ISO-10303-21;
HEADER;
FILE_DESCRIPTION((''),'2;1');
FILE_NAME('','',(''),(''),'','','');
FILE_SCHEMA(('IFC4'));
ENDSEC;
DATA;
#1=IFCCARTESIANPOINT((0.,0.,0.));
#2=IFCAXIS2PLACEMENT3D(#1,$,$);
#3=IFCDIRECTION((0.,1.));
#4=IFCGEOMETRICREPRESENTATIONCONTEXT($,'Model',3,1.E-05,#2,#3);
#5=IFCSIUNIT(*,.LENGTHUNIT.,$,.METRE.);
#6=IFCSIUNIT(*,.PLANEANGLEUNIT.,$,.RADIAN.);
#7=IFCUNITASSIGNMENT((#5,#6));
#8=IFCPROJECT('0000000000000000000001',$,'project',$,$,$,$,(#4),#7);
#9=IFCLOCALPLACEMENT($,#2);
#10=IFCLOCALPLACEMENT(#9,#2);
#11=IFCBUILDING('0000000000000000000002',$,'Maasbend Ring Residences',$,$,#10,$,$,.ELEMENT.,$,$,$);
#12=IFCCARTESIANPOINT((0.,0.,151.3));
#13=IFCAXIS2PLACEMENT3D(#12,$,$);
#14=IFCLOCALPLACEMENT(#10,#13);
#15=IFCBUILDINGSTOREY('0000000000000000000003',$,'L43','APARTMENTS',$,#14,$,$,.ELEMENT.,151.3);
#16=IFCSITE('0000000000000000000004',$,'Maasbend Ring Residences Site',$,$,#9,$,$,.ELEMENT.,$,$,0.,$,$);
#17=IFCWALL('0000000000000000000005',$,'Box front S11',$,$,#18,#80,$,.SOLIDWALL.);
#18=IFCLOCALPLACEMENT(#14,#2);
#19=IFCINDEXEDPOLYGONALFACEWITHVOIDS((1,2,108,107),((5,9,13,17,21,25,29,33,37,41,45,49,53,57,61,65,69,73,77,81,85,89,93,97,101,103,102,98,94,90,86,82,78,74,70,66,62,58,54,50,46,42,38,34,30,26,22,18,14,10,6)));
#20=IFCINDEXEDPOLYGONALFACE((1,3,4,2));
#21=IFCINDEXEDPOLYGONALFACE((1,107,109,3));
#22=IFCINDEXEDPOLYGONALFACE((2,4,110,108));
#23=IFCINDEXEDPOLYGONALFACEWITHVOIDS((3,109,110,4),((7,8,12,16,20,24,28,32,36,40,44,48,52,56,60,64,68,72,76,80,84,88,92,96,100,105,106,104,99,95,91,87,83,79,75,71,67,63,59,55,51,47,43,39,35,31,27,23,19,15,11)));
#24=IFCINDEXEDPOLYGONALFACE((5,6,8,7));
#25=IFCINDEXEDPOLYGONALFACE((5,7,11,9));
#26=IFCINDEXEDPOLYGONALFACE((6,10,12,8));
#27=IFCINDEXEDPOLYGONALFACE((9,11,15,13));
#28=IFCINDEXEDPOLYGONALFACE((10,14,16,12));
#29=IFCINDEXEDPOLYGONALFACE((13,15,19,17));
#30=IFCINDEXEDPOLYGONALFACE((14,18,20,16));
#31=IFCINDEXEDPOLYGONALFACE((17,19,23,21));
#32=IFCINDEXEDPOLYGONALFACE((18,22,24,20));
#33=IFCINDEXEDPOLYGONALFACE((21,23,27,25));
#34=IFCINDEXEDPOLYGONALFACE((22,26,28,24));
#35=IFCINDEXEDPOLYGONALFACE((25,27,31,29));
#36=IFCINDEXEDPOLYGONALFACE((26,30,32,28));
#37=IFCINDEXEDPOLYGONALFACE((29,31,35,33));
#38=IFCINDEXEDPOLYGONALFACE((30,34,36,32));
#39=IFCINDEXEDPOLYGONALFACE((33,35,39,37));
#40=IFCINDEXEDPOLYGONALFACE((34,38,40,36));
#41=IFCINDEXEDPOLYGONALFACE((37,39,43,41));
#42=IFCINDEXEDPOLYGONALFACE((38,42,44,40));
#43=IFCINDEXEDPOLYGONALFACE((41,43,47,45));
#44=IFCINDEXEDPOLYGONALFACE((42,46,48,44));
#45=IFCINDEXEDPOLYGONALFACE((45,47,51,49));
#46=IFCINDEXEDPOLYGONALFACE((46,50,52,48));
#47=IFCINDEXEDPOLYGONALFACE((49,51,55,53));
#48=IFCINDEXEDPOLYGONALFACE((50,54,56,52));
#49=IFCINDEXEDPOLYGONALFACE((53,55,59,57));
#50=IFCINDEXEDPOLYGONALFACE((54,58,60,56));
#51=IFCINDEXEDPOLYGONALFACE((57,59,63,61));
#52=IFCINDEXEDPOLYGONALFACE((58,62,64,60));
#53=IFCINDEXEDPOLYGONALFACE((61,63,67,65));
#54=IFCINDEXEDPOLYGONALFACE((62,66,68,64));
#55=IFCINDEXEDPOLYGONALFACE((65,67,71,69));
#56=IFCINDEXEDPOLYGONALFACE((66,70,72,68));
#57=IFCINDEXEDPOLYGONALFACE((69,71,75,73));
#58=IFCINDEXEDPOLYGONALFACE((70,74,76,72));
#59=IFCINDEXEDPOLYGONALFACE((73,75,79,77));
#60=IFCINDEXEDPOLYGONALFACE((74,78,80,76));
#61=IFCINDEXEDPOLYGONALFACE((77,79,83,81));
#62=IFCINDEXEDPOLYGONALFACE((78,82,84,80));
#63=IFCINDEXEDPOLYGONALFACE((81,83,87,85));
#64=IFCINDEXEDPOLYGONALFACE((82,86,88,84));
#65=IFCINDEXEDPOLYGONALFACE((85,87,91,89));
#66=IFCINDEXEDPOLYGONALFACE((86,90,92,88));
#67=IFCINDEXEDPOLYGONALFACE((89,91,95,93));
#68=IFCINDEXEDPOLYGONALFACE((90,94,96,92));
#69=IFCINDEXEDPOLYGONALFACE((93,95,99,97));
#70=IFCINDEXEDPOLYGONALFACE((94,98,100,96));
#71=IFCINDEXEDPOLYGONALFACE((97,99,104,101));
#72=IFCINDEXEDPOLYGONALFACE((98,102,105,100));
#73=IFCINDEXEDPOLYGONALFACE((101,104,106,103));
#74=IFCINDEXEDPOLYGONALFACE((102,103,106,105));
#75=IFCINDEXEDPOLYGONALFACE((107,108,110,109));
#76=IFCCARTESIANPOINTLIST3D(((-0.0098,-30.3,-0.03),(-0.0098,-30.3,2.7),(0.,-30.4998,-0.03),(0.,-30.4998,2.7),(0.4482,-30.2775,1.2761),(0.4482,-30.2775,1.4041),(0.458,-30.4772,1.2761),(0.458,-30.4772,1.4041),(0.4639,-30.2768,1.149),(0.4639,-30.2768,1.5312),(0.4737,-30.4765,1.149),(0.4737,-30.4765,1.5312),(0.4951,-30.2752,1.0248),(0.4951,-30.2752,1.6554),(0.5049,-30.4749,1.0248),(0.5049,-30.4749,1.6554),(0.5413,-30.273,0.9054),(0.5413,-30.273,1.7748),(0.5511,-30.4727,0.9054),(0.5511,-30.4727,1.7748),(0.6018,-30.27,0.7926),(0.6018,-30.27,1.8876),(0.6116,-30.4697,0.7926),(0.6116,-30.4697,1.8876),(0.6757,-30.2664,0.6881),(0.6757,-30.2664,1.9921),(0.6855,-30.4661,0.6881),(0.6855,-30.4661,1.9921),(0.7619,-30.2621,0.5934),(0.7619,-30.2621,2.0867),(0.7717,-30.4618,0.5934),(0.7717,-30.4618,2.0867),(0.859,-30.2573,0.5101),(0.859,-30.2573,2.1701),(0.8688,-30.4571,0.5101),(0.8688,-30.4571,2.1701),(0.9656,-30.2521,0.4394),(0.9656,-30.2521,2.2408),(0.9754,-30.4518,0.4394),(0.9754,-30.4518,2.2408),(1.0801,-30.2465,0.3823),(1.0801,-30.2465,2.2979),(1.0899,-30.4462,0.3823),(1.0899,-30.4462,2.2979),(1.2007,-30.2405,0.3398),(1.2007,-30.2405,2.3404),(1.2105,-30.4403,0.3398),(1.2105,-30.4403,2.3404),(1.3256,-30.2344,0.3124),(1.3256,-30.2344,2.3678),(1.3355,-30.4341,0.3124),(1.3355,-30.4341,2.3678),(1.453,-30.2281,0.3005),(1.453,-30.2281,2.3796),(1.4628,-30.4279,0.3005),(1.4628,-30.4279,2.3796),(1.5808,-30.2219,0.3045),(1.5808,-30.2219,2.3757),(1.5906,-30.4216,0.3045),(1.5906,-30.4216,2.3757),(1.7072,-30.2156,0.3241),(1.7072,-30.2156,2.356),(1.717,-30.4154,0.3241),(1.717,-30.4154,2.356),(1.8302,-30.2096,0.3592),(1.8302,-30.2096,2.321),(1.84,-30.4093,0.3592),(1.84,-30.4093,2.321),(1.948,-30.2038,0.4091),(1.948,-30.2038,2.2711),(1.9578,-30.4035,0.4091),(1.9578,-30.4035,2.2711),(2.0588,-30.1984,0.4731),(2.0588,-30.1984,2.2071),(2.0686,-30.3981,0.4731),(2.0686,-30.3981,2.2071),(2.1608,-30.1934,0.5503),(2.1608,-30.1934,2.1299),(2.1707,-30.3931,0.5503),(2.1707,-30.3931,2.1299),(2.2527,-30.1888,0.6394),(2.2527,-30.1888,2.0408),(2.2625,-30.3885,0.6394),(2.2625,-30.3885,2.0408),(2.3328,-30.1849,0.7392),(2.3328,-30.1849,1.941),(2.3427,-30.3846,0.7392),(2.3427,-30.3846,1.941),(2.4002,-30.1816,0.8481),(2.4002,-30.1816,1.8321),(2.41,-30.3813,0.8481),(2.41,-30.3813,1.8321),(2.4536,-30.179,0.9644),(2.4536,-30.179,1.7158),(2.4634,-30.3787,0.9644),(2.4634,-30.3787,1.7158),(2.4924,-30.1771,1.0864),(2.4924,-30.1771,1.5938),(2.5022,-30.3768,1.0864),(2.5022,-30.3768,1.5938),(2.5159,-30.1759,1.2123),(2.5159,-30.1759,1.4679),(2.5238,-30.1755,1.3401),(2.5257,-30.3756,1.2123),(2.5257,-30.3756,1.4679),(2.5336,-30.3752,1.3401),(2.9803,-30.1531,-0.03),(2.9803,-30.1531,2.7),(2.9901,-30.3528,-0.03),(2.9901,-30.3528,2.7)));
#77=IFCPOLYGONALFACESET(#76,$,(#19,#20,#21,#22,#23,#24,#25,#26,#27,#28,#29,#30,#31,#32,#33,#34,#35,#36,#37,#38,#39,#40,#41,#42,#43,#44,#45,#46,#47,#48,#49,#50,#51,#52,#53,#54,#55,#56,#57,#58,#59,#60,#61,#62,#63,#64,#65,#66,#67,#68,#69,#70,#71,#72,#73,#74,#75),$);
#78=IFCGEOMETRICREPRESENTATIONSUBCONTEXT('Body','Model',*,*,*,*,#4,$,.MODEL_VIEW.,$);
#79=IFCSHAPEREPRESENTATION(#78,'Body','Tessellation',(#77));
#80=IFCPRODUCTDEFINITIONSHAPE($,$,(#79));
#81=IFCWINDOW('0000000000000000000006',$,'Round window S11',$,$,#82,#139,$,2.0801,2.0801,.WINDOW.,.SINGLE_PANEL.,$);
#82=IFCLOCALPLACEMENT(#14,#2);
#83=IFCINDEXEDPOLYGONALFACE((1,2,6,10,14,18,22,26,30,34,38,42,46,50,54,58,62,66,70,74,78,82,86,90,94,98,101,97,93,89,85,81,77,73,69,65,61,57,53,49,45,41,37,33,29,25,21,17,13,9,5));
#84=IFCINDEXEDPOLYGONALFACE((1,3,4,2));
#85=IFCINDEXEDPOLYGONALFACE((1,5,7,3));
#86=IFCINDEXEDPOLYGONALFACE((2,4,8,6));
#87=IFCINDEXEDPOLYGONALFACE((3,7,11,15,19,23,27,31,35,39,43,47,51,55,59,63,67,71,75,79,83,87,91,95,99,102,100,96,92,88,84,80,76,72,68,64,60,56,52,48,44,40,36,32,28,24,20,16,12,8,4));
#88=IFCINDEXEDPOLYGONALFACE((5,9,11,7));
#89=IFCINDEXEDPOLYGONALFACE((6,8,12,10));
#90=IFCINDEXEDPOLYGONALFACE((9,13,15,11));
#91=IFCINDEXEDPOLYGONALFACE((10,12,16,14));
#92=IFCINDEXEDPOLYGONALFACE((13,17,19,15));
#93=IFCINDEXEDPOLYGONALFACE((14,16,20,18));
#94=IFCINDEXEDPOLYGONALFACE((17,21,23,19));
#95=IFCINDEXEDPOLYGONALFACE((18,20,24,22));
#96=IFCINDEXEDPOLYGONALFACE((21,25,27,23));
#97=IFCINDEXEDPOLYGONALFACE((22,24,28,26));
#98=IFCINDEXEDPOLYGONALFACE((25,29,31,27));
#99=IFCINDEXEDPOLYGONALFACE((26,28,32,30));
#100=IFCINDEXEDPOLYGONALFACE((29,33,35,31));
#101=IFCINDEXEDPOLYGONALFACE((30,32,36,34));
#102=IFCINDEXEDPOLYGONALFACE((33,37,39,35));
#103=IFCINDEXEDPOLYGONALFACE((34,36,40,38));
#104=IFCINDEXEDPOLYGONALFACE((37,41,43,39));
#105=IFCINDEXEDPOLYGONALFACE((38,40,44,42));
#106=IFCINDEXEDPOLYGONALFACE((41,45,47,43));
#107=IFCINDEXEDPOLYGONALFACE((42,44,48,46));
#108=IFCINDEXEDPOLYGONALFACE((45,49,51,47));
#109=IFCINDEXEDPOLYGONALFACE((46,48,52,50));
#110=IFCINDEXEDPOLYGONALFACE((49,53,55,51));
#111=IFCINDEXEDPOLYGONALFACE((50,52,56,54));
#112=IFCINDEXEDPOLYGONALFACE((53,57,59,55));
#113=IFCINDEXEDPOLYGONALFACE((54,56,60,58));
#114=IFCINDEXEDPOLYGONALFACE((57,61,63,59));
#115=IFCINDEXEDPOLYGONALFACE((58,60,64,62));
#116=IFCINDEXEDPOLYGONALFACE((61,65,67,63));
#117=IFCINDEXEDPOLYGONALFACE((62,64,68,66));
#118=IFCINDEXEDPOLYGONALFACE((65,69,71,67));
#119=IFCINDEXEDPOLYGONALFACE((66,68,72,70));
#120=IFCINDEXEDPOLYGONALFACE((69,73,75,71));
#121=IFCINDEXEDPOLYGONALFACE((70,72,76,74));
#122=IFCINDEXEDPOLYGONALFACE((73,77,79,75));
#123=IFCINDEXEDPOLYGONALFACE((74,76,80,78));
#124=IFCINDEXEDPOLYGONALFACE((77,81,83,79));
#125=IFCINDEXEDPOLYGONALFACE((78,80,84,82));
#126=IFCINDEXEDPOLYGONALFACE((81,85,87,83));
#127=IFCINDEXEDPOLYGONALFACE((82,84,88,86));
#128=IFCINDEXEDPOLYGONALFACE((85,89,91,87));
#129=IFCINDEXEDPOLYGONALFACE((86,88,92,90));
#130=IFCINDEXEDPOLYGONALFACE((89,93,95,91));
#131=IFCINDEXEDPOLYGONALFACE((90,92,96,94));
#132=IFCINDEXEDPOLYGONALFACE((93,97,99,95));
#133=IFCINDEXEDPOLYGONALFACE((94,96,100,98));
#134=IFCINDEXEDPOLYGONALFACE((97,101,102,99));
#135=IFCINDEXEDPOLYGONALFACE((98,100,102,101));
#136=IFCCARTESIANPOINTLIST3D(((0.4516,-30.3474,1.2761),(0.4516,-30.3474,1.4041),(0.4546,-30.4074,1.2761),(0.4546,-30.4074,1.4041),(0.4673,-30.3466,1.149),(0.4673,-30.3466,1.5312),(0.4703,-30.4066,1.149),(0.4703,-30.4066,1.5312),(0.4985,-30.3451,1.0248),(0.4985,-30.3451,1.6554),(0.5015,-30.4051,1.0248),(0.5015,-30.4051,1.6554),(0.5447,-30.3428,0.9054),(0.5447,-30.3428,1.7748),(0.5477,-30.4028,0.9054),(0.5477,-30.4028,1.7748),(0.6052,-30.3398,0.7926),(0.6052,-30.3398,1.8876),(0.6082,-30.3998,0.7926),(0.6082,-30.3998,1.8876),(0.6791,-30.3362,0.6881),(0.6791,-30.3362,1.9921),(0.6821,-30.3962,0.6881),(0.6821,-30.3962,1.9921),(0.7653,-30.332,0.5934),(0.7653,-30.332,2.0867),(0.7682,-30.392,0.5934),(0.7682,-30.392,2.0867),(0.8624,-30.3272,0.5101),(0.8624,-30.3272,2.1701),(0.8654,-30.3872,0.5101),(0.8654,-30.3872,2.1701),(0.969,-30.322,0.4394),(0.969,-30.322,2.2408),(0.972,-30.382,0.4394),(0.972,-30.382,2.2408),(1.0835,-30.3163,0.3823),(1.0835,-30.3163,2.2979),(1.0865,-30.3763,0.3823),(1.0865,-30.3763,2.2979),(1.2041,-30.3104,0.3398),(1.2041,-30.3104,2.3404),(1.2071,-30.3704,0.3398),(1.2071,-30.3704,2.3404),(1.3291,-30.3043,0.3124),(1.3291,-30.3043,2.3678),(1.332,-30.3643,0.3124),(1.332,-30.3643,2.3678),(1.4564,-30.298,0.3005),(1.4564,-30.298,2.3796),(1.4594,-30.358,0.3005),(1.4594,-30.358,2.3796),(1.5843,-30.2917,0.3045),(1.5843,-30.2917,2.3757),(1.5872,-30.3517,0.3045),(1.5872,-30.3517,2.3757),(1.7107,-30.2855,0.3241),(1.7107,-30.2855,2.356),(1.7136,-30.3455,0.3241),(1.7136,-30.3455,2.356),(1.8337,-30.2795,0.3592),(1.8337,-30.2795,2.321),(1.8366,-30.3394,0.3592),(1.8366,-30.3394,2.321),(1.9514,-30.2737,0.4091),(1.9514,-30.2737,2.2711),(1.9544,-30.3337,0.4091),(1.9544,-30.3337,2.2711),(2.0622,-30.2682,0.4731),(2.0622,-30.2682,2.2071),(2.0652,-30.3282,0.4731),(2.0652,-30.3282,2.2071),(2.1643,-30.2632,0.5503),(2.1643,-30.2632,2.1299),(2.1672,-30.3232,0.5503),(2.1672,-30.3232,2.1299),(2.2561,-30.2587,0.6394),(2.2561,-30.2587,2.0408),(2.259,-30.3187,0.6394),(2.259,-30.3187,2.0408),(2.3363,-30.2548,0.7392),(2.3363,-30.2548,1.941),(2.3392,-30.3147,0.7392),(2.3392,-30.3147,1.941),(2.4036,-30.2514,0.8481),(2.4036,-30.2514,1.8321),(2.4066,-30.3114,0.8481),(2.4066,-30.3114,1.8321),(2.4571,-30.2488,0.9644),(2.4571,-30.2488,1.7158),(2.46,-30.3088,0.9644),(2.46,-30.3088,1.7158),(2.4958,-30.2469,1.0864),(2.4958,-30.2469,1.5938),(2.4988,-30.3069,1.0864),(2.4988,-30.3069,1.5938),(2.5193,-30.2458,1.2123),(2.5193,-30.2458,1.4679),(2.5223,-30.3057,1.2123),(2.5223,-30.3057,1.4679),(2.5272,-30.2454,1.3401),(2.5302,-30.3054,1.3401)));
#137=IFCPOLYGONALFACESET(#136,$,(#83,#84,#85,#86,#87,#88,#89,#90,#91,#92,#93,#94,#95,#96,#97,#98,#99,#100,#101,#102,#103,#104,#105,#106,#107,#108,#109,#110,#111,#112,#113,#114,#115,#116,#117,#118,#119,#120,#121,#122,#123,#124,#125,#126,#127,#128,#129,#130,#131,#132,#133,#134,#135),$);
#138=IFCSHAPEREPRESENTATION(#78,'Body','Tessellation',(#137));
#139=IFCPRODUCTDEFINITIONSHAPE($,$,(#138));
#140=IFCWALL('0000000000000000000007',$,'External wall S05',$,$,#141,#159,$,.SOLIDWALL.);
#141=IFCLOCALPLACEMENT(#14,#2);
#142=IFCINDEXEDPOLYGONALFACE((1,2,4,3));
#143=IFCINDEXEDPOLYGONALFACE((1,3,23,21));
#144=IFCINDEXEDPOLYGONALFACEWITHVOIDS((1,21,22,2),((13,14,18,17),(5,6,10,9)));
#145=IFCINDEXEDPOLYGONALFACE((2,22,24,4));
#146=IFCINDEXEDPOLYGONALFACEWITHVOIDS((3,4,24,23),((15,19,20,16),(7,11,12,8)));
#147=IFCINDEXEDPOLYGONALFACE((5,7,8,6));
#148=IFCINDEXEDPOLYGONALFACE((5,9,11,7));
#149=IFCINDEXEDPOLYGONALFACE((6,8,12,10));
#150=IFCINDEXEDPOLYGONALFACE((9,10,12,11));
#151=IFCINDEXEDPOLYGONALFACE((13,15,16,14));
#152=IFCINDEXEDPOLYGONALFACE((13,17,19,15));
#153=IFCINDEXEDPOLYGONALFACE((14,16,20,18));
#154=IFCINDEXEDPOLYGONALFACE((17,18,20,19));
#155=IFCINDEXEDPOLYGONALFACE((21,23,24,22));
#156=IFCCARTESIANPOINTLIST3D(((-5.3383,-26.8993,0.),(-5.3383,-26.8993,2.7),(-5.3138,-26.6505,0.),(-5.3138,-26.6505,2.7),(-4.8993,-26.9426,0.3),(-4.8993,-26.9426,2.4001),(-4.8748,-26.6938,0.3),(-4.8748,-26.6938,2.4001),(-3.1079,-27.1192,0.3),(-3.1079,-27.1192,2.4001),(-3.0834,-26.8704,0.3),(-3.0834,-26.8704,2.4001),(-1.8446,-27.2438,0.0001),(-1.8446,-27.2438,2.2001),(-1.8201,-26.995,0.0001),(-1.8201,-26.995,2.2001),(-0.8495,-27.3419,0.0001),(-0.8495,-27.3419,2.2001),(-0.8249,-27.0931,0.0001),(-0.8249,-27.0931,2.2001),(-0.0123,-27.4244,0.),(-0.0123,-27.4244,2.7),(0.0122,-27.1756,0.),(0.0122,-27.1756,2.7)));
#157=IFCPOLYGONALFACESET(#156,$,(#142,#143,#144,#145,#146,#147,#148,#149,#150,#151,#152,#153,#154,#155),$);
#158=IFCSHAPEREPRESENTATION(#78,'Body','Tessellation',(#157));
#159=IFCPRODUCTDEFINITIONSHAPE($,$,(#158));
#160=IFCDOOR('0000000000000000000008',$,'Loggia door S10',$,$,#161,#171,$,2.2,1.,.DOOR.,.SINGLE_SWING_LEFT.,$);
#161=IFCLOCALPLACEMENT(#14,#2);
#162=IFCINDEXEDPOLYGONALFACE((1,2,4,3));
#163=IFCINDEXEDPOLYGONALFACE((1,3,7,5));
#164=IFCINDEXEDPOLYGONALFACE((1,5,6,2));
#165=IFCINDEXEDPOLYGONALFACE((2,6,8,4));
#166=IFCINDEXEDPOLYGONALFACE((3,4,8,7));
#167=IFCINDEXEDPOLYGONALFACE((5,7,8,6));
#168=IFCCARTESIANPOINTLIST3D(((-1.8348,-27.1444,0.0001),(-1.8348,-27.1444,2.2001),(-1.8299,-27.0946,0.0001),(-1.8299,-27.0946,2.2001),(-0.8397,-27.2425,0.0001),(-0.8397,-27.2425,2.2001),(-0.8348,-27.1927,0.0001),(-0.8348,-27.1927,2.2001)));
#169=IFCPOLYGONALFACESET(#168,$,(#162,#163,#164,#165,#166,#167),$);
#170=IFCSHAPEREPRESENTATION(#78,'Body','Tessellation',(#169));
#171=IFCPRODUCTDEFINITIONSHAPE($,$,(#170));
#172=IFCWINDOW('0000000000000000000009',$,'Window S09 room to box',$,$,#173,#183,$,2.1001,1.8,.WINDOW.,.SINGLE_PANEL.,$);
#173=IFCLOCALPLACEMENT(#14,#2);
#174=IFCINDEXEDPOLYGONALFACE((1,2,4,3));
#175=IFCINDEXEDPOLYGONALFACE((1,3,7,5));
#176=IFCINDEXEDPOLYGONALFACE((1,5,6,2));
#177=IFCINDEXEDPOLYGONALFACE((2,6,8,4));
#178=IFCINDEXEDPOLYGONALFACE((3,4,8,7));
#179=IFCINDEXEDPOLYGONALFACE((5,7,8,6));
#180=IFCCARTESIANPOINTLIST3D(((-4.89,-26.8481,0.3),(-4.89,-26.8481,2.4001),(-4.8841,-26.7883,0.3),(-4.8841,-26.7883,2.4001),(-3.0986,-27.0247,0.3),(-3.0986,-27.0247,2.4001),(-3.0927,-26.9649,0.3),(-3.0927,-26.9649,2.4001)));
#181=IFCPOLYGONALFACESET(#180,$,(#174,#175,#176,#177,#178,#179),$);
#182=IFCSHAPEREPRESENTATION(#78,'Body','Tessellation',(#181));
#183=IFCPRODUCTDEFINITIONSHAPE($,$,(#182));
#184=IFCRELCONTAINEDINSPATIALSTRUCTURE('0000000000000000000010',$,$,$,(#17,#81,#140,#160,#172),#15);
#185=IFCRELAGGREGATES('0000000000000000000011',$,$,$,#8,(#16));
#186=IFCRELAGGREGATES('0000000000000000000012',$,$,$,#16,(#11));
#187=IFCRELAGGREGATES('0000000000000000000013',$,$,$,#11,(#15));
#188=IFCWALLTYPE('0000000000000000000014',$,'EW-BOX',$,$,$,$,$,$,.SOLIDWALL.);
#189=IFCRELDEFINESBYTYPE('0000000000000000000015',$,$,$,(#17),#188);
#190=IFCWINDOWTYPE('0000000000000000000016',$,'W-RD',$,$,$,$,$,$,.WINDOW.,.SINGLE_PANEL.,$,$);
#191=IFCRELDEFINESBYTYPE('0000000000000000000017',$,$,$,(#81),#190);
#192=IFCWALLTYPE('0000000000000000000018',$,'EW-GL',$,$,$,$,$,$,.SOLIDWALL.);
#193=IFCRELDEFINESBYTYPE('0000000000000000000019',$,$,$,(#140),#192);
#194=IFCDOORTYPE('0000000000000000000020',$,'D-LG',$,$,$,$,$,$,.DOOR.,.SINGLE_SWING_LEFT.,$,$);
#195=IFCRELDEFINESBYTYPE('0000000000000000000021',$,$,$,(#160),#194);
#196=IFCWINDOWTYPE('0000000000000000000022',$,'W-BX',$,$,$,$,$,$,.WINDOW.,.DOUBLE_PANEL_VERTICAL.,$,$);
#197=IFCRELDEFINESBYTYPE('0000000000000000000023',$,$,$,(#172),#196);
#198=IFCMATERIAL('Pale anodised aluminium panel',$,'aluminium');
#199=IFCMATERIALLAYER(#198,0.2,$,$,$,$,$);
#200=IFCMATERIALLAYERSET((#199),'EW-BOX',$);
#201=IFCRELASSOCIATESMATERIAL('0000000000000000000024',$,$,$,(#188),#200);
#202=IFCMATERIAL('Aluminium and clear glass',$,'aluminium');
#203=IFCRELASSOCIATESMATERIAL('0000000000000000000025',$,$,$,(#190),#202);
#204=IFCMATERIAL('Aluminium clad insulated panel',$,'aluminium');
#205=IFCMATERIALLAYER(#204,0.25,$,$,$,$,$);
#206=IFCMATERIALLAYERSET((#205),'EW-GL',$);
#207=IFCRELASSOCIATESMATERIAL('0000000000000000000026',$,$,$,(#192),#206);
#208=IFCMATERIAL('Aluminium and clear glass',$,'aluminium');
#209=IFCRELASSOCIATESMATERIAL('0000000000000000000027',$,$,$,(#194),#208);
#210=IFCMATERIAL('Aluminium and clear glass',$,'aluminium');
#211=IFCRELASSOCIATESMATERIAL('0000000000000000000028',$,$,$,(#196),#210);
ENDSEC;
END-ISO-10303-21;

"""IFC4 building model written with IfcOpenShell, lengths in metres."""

from ifc_helpers import new_model, si_unit, direction, frame, frame_2d, origin, place, context, subcontext, project, spatial, rectangle, circle, extrude, material, layer, layer_set, type_object, element, fill, save


model = new_model("IFC4")

# Units and contexts
model_context = context("Model", 3, precision=1e-05, world=origin(), true_north=direction((0.0, 1.0)))
body_context = subcontext(model_context, "Body", "Model", "MODEL_VIEW")
ifc_project = project(units=[si_unit("LENGTHUNIT", "METRE"), si_unit("PLANEANGLEUNIT", "RADIAN")], contexts=[model_context])

# Site, building, storey
site_placement = place(None, origin())
site = spatial("IfcSite", under=ifc_project, at=site_placement, Name="Maasbend Ring Residences Site", CompositionType="ELEMENT", RefElevation=0.0)
building_placement = place(site_placement, origin())
building = spatial("IfcBuilding", under=site, at=building_placement, Name="Maasbend Ring Residences", CompositionType="ELEMENT")
storey_placement = place(building_placement, frame((0.0, 0.0, 151.3)))
storey = spatial("IfcBuildingStorey", under=building, at=storey_placement, Name="L43", Description="APARTMENTS", CompositionType="ELEMENT", Elevation=151.3)

# Shared definitions
ifc_material_1 = material(Name="Pale anodised aluminium panel", Category="aluminium")
ifc_layer_1 = layer(ifc_material_1, 0.2)
ifc_layer_set_1 = layer_set([ifc_layer_1], Name="EW-BOX")
wall_type_1 = type_object("IfcWallType", Name="EW-BOX", PredefinedType="SOLIDWALL", material=ifc_layer_set_1)
ifc_material_2 = material(Name="Aluminium and clear glass", Category="aluminium")
window_type_1 = type_object("IfcWindowType", Name="W-RD", PartitioningType="SINGLE_PANEL", PredefinedType="WINDOW", material=ifc_material_2)

# Wall, opening, window
wall_1_placement = place(storey_placement, frame((-0.0049, -30.3999, -0.03), z_axis=(0.0, 0.0, 1.0), x_axis=(0.998794, 0.049096, 0.0)))
wall_1 = element("IfcWall", 1, at=wall_1_placement, inside=storey, type_object=wall_type_1, Name="Box front S11", PredefinedType="SOLIDWALL", context=body_context, shape_type="SweptSolid", body=[
    extrude(rectangle(XDim=2.9937, YDim=0.2, at=frame_2d((1.4968, 0.0))), origin(), (0.0, 0.0, 1.0), 2.73),
])
opening_1_placement = place(wall_1_placement, frame((0.4565, 0.0, 0.3301)))
opening_1 = element("IfcOpeningElement", 2, at=opening_1_placement, cuts=wall_1, PredefinedType="OPENING", context=body_context, shape_type="SweptSolid", body=[
    extrude(circle(Radius=1.04, at=frame_2d((1.04, 1.04))), frame((0.0, 0.1099, 0.0), z_axis=(0.0, -1.0, 0.0), x_axis=(1.0, 0.0, 0.0)), (0.0, 0.0, 1.0), 0.22),
])
window_1_placement = place(opening_1_placement, origin())
window_1 = element("IfcWindow", 3, at=window_1_placement, inside=storey, type_object=window_type_1, Name="Round window S11", OverallHeight=2.0801, OverallWidth=2.0801, PartitioningType="SINGLE_PANEL", PredefinedType="WINDOW", context=body_context, shape_type="SweptSolid", body=[
    extrude(circle(Radius=1.04, at=frame_2d((1.04, 1.04))), frame((0.0, 0.03, 0.0), z_axis=(0.0, -1.0, 0.0), x_axis=(1.0, 0.0, 0.0)), (0.0, 0.0, 1.0), 0.0601),
])
fill(opening_1, window_1)

# Wall, openings, door, window
ifc_material_3 = material(Name="Aluminium clad insulated panel", Category="aluminium")
ifc_layer_2 = layer(ifc_material_3, 0.25)
ifc_layer_set_2 = layer_set([ifc_layer_2], Name="EW-GL")
wall_type_2 = type_object("IfcWallType", Name="EW-GL", PredefinedType="SOLIDWALL", material=ifc_layer_set_2)
wall_2_placement = place(storey_placement, frame((-5.3259, -26.7749, 0.0), z_axis=(0.0, 0.0, 1.0), x_axis=(0.995174, -0.098126, 0.0)))
wall_2 = element("IfcWall", 4, at=wall_2_placement, inside=storey, type_object=wall_type_2, Name="External wall S05", PredefinedType="SOLIDWALL", context=body_context, shape_type="SweptSolid", body=[
    extrude(rectangle(XDim=5.3518, YDim=0.25, at=frame_2d((2.6758, 0.0))), origin(), (0.0, 0.0, 1.0), 2.7),
])
opening_2_placement = place(wall_2_placement, frame((0.4412, 0.0, 0.3)))
opening_2 = element("IfcOpeningElement", 5, at=opening_2_placement, cuts=wall_2, PredefinedType="OPENING", context=body_context, shape_type="SweptSolid", body=[
    extrude(rectangle(XDim=1.8, YDim=2.1001, at=frame_2d((0.8999, 1.05))), frame((0.0, 0.135, 0.0), z_axis=(0.0, -1.0, 0.0), x_axis=(1.0, 0.0, 0.0)), (0.0, 0.0, 1.0), 0.27),
])
opening_3_placement = place(wall_2_placement, frame((3.5105, 0.0, 0.0)))
opening_3 = element("IfcOpeningElement", 6, at=opening_3_placement, cuts=wall_2, PredefinedType="OPENING", context=body_context, shape_type="SweptSolid", body=[
    extrude(rectangle(XDim=1.0, YDim=2.2, at=frame_2d((0.5, 1.1001))), frame((0.0, 0.135, 0.0), z_axis=(0.0, -1.0, 0.0), x_axis=(1.0, 0.0, 0.0)), (0.0, 0.0, 1.0), 0.27),
])
ifc_material_4 = material(Name="Aluminium and clear glass", Category="aluminium")
door_type_1 = type_object("IfcDoorType", Name="D-LG", OperationType="SINGLE_SWING_LEFT", PredefinedType="DOOR", material=ifc_material_4)
door_1_placement = place(opening_3_placement, origin())
door_1 = element("IfcDoor", 7, at=door_1_placement, inside=storey, type_object=door_type_1, Name="Loggia door S10", OperationType="SINGLE_SWING_LEFT", OverallHeight=2.2, OverallWidth=1.0, PredefinedType="DOOR", context=body_context, shape_type="SweptSolid", body=[
    extrude(rectangle(XDim=1.0, YDim=2.2, at=frame_2d((0.5, 1.1001))), frame((0.0, 0.0249, 0.0), z_axis=(0.0, -1.0, 0.0), x_axis=(1.0, 0.0, 0.0)), (0.0, 0.0, 1.0), 0.05),
])
fill(opening_3, door_1)
ifc_material_5 = material(Name="Aluminium and clear glass", Category="aluminium")
window_type_2 = type_object("IfcWindowType", Name="W-BX", PartitioningType="DOUBLE_PANEL_VERTICAL", PredefinedType="WINDOW", material=ifc_material_5)
window_2_placement = place(opening_2_placement, origin())
window_2 = element("IfcWindow", 8, at=window_2_placement, inside=storey, type_object=window_type_2, Name="Window S09 room to box", OverallHeight=2.1001, OverallWidth=1.8, PartitioningType="SINGLE_PANEL", PredefinedType="WINDOW", context=body_context, shape_type="SweptSolid", body=[
    extrude(rectangle(XDim=1.8, YDim=2.1001, at=frame_2d((0.8999, 1.05))), frame((0.0, 0.03, 0.0), z_axis=(0.0, -1.0, 0.0), x_axis=(1.0, 0.0, 0.0)), (0.0, 0.0, 1.0), 0.0601),
])
fill(opening_2, window_2)

save(model, "model.ifc")
